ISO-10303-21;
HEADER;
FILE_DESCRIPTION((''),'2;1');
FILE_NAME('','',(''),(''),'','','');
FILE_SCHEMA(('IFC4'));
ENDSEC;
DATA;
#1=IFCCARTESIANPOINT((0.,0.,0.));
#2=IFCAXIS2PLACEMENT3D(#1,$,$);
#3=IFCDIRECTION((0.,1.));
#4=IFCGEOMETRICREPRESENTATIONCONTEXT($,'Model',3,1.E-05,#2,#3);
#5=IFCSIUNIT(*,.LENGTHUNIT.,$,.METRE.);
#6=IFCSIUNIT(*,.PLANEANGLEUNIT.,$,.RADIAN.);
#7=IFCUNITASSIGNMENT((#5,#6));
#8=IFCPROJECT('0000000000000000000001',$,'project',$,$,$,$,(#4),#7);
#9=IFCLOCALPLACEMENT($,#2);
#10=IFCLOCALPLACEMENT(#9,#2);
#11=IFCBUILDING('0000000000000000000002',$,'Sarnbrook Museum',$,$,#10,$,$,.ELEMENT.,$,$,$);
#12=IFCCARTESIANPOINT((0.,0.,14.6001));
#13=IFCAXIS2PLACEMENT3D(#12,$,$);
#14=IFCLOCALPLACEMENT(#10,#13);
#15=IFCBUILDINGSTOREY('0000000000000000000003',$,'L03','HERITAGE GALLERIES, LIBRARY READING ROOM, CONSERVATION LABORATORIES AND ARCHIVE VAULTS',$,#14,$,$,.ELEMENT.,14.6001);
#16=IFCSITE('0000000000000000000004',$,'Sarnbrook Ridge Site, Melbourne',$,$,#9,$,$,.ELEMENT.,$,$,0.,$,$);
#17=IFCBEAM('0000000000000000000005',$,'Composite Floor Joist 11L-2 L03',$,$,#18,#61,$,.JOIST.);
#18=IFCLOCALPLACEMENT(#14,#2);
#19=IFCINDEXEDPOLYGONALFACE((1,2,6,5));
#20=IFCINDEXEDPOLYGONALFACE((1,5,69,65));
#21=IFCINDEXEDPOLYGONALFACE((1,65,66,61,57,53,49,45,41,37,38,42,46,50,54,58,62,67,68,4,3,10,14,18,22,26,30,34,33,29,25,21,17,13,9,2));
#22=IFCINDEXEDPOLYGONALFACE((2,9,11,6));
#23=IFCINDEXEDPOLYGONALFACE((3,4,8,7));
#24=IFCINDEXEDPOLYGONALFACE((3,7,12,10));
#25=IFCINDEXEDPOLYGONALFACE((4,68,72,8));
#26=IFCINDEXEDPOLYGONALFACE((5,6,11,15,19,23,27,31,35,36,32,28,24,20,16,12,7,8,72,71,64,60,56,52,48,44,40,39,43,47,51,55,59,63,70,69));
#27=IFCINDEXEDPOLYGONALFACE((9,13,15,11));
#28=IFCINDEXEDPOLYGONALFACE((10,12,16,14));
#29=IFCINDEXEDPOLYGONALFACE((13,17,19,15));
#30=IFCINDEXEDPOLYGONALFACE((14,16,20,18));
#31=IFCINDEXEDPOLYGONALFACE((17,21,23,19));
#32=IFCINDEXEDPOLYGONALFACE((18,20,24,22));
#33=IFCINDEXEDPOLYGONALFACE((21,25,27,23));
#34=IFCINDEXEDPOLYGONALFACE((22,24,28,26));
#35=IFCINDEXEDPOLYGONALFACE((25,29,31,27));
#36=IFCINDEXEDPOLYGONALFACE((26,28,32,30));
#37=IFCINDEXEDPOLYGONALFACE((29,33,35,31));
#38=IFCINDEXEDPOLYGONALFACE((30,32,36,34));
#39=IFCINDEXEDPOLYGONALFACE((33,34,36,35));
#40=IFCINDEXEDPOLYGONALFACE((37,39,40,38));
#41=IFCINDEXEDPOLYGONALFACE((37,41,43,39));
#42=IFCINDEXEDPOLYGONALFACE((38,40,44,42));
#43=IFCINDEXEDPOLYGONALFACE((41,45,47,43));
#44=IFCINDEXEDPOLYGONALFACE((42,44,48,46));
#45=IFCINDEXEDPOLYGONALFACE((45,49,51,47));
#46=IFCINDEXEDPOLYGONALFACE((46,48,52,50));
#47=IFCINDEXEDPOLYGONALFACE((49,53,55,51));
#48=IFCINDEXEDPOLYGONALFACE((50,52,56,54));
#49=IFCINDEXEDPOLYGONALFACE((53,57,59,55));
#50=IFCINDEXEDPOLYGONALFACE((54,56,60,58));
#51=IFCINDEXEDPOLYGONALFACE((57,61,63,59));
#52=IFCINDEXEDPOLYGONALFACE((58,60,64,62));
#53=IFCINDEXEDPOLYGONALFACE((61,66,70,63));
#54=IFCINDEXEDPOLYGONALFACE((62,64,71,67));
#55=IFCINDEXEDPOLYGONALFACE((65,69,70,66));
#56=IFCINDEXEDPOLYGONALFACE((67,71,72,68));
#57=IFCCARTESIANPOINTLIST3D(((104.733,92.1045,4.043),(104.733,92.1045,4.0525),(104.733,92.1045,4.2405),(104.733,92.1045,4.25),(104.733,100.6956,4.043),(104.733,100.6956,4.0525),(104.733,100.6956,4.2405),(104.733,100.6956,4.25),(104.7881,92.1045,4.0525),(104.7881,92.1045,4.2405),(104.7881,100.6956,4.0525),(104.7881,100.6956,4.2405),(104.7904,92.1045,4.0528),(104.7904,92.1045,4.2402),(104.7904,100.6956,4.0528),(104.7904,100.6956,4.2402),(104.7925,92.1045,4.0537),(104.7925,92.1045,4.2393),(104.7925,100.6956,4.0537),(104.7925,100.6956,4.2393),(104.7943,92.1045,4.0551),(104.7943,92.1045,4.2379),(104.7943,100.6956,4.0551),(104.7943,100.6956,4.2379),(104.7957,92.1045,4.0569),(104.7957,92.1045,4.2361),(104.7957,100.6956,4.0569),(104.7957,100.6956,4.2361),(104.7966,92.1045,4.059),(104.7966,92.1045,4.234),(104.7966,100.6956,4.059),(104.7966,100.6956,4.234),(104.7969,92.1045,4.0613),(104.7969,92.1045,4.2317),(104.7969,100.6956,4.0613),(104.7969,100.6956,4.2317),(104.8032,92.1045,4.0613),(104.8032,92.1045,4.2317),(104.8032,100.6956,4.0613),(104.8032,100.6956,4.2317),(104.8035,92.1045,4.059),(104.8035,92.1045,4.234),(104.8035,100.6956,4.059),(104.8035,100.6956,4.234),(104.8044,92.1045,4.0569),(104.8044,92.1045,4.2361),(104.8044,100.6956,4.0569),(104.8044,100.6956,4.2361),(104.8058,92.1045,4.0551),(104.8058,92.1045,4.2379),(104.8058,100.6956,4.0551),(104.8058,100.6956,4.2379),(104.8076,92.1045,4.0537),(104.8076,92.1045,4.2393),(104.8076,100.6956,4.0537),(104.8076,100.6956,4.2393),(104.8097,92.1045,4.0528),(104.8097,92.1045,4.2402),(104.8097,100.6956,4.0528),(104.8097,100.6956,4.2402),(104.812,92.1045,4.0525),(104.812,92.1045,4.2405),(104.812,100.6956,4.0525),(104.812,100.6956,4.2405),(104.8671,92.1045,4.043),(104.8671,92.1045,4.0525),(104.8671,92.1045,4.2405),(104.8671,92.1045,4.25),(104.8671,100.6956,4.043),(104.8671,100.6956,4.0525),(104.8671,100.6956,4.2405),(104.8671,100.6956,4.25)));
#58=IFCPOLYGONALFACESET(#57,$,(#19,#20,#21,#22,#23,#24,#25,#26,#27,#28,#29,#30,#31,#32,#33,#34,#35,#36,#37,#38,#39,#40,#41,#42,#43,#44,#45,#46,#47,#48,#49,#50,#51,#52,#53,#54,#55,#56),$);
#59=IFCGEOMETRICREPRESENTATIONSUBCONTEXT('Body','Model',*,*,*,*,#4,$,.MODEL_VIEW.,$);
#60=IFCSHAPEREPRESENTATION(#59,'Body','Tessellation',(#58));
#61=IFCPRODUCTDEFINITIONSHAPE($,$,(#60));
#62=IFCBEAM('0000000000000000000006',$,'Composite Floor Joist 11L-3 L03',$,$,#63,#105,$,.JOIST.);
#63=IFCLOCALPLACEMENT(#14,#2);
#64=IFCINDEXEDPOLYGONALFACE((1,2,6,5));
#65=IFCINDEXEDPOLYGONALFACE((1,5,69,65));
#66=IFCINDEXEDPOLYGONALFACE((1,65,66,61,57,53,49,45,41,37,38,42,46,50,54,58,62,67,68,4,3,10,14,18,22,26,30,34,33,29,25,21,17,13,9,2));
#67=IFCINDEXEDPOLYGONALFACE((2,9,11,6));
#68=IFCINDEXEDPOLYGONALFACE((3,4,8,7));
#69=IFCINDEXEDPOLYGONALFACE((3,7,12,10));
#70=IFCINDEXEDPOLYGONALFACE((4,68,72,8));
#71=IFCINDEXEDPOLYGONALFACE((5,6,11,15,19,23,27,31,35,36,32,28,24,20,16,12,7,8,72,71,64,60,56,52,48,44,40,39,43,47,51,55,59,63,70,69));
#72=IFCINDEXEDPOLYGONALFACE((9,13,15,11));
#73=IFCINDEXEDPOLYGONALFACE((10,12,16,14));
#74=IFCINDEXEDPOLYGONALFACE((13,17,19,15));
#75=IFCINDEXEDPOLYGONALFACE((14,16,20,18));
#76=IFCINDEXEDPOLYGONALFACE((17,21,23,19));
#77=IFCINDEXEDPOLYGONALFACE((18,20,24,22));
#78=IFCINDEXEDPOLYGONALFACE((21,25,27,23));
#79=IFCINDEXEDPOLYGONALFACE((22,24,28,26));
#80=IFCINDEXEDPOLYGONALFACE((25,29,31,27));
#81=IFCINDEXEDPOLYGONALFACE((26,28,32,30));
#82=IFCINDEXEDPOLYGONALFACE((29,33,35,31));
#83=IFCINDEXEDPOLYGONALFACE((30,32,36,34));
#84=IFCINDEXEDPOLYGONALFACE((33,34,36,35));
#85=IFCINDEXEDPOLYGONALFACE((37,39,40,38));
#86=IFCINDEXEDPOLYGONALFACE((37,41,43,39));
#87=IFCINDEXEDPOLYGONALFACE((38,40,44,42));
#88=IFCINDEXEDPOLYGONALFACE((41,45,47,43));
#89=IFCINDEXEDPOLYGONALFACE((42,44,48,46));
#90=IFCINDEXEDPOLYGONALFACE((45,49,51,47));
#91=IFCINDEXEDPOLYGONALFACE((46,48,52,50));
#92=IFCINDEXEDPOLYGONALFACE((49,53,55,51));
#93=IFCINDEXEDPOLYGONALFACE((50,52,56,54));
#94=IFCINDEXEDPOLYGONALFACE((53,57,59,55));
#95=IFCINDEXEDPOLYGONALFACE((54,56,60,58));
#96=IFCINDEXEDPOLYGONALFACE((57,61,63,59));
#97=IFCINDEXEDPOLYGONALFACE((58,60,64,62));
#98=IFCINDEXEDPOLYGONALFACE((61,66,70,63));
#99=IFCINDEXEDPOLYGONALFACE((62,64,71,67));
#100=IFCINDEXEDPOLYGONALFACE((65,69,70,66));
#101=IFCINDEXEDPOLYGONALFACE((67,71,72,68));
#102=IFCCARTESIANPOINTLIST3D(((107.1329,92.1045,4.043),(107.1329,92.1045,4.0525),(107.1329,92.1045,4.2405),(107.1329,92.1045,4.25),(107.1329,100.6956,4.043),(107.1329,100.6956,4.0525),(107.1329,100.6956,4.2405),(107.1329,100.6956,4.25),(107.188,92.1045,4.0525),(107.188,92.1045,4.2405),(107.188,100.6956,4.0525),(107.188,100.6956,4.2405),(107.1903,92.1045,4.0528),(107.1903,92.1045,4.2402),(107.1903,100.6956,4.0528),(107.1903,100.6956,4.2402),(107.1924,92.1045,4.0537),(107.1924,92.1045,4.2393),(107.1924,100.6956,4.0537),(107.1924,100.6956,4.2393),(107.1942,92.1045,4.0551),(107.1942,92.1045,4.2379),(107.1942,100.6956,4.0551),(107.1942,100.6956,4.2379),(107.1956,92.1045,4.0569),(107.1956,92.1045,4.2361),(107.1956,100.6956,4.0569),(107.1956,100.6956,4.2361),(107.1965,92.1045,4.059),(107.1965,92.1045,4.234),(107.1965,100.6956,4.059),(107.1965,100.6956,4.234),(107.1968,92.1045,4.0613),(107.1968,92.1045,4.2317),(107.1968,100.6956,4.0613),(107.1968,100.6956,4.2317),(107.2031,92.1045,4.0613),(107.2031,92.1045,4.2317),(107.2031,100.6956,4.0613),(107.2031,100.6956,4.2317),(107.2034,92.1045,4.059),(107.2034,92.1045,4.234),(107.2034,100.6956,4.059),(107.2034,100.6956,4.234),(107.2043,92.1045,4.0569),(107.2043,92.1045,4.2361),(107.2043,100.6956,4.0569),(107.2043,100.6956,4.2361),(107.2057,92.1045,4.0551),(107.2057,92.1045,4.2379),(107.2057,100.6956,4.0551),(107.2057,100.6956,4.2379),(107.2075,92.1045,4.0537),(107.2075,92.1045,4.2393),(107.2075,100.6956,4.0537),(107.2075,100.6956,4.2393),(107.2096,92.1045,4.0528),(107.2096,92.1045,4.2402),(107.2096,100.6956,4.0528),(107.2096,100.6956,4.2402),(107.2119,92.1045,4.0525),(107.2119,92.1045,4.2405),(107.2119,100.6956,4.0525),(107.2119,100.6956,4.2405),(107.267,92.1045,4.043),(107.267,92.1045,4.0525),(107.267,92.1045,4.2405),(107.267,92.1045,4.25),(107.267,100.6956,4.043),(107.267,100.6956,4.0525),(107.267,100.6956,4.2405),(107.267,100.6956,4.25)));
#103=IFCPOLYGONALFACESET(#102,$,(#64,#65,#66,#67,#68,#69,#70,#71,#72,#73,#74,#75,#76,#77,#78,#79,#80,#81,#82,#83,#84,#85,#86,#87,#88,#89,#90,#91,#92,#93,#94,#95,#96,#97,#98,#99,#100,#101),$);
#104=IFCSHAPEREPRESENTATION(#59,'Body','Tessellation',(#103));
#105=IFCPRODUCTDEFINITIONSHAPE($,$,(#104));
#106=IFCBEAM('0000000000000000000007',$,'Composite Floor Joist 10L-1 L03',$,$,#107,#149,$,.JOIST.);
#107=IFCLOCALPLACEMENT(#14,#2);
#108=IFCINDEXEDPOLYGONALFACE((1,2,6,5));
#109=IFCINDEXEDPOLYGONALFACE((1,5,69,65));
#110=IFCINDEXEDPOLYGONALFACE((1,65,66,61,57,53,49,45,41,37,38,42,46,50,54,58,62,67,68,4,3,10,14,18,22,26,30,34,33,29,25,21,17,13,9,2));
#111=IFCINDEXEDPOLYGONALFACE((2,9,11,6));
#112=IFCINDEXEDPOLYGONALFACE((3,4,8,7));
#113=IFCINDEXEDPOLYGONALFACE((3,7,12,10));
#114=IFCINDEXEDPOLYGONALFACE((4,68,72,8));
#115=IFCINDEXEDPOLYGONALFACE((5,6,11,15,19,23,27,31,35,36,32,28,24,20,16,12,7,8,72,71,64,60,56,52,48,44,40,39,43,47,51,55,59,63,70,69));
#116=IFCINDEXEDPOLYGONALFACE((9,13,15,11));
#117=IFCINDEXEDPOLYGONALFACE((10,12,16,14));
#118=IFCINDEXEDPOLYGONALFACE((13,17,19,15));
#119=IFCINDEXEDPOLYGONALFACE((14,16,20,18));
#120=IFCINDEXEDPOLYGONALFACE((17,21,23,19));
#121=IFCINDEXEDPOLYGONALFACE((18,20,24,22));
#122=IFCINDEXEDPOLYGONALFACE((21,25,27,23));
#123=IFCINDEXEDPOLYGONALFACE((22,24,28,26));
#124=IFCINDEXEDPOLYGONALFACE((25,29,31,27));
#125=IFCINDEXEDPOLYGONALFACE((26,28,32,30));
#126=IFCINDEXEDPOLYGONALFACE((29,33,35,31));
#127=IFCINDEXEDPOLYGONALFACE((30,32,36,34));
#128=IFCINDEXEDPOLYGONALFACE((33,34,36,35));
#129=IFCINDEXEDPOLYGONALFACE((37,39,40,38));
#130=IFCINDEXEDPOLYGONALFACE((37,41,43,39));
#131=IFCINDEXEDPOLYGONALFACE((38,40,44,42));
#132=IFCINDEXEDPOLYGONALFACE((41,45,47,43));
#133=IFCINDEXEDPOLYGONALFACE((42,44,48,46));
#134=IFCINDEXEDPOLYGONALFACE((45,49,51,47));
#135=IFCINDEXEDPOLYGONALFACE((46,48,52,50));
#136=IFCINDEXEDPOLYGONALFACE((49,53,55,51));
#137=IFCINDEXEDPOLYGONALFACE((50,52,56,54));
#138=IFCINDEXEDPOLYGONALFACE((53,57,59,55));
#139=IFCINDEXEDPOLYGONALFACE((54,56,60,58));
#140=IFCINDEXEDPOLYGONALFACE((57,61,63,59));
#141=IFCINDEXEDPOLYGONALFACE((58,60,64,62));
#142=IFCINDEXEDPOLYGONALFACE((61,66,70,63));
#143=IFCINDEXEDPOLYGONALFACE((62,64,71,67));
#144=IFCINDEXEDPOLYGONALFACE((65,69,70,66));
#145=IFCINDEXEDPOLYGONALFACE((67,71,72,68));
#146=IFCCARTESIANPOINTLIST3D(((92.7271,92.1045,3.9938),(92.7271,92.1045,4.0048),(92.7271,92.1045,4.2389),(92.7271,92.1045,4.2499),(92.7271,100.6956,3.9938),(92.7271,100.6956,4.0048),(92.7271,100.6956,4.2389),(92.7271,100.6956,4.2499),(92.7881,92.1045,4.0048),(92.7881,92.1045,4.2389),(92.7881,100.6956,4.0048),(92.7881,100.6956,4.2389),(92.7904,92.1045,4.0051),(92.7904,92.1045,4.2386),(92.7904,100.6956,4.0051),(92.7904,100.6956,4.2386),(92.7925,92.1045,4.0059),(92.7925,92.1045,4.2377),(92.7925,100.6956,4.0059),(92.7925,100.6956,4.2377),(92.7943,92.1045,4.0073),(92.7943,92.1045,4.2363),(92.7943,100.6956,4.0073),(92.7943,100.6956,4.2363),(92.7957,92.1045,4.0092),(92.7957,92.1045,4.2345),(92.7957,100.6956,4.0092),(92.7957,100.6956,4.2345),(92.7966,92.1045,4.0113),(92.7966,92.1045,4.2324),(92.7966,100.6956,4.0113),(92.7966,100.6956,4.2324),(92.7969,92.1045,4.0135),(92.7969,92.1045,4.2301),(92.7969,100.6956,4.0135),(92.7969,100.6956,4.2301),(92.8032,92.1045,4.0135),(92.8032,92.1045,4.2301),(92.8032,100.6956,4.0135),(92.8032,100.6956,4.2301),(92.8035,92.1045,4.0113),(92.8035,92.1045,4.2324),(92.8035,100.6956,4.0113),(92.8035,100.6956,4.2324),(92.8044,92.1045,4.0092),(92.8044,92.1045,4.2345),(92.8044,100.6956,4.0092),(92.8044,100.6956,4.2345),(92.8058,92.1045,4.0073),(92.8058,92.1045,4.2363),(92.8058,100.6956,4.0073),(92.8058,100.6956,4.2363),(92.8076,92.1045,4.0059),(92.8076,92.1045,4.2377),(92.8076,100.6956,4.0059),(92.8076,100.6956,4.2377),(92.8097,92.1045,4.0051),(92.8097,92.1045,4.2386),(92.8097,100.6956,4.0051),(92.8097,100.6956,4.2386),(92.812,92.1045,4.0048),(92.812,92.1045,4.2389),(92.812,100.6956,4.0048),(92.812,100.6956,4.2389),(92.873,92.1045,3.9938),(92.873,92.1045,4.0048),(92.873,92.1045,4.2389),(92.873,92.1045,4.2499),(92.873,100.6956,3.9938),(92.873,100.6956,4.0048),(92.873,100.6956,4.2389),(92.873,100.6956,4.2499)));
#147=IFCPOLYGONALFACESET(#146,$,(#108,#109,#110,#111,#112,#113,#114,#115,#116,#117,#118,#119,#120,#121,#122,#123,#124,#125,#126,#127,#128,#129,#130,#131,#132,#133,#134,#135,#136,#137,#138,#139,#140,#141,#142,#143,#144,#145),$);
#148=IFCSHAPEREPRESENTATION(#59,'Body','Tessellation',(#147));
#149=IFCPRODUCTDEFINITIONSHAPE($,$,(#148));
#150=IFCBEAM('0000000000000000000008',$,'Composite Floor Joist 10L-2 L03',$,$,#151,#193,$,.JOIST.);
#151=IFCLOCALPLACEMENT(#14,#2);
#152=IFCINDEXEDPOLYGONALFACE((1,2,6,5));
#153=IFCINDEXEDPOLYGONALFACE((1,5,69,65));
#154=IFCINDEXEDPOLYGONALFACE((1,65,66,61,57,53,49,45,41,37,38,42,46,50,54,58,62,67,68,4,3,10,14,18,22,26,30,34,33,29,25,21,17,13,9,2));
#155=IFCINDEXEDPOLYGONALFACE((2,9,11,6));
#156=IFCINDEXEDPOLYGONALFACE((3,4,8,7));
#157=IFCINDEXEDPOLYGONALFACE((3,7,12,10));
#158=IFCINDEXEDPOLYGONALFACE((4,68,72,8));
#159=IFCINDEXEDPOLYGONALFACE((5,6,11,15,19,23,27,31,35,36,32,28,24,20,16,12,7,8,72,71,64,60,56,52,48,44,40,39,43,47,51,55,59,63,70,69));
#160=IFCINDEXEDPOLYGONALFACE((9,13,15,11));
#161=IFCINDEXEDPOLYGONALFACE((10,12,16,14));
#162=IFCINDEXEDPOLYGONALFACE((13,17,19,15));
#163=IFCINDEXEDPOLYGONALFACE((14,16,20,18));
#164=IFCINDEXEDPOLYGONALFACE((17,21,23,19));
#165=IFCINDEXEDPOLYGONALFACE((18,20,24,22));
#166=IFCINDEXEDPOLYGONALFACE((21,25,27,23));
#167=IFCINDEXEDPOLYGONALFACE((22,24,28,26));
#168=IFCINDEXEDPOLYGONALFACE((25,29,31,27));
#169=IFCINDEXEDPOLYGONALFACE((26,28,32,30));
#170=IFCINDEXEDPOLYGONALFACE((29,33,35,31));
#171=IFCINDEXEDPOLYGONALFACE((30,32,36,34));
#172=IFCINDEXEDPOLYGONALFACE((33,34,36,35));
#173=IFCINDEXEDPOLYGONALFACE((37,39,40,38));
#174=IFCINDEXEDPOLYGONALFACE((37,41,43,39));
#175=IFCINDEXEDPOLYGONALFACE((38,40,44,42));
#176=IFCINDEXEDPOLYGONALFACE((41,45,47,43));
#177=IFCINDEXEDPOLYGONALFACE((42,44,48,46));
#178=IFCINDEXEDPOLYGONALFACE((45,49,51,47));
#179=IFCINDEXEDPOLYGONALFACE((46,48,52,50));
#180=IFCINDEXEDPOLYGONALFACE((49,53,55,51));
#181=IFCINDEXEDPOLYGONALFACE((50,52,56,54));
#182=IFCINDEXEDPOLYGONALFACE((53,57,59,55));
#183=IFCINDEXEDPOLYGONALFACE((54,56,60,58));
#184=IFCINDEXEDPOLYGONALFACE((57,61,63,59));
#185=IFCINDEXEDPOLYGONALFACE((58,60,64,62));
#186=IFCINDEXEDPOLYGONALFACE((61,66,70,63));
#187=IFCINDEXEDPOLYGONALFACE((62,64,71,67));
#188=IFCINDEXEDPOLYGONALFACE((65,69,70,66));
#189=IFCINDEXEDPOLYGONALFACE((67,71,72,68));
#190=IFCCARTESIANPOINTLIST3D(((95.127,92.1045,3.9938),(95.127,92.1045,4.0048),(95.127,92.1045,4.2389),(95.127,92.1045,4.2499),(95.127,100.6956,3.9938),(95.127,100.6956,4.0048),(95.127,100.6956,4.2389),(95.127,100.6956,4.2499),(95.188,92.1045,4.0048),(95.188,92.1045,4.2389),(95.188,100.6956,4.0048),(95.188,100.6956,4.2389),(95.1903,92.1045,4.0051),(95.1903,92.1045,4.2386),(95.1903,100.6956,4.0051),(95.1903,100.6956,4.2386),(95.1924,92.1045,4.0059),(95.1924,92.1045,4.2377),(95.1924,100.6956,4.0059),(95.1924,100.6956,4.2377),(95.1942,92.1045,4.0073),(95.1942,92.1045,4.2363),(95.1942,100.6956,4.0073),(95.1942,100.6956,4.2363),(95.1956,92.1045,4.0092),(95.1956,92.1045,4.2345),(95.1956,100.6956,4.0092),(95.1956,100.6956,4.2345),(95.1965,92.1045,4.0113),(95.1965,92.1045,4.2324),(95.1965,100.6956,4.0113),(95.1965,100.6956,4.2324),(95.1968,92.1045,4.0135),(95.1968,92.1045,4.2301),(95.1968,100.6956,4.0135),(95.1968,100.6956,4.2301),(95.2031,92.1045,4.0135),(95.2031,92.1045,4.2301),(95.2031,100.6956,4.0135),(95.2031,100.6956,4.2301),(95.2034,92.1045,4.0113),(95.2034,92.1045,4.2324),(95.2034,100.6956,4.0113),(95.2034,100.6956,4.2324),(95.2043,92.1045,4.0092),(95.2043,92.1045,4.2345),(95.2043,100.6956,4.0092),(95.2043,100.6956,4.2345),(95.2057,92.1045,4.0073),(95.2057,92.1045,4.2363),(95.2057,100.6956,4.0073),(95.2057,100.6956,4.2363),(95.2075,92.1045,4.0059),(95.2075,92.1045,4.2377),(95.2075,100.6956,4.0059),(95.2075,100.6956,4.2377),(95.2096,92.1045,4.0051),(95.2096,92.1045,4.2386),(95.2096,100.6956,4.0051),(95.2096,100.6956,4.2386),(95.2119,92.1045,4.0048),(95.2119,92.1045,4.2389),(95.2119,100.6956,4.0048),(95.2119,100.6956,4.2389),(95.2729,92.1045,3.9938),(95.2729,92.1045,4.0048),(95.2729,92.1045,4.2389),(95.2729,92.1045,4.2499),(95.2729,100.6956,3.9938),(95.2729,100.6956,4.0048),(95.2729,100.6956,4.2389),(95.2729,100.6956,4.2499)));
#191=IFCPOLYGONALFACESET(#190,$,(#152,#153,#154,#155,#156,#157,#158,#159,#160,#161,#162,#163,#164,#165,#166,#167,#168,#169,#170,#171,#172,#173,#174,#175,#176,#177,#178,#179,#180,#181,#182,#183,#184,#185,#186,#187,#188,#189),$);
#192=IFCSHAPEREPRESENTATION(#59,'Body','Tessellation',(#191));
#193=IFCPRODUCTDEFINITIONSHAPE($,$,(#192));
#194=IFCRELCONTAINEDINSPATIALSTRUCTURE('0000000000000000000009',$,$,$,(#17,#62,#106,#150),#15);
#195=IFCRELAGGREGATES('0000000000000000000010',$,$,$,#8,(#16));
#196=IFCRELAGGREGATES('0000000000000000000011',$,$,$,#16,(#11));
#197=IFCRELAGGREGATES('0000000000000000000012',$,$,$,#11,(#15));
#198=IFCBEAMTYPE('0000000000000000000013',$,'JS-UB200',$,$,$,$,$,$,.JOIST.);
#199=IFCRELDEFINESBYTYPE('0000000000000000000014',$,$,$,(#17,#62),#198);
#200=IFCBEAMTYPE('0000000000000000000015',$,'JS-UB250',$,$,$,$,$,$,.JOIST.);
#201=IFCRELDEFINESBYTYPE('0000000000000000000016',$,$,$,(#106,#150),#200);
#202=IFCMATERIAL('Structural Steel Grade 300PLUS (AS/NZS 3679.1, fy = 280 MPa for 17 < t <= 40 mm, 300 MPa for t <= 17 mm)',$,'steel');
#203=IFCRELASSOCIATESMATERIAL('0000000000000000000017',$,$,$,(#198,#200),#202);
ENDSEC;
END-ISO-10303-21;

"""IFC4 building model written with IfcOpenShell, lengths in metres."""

from ifc_helpers import new_model, si_unit, direction, frame, origin, origin_2d, place, context, subcontext, project, spatial, i_section, extrude, material, material_profile, profile_set, type_object, element, save


model = new_model("IFC4")

# Units and contexts
model_context = context("Model", 3, precision=1e-05, world=origin(), true_north=direction((0.0, 1.0)))
body_context = subcontext(model_context, "Body", "Model", "MODEL_VIEW")
ifc_project = project(units=[si_unit("LENGTHUNIT", "METRE"), si_unit("PLANEANGLEUNIT", "RADIAN")], contexts=[model_context])

# Site, building, storey
site_placement = place(None, origin())
site = spatial("IfcSite", under=ifc_project, at=site_placement, Name="Sarnbrook Ridge Site, Melbourne", CompositionType="ELEMENT", RefElevation=0.0)
building_placement = place(site_placement, origin())
building = spatial("IfcBuilding", under=site, at=building_placement, Name="Sarnbrook Museum", CompositionType="ELEMENT")
storey_placement = place(building_placement, frame((0.0, 0.0, 14.6001)))
storey = spatial("IfcBuildingStorey", under=building, at=storey_placement, Name="L03", Description="HERITAGE GALLERIES, LIBRARY READING ROOM, CONSERVATION LABORATORIES AND ARCHIVE VAULTS", CompositionType="ELEMENT", Elevation=14.6001)

# Shared definitions
ifc_material_1 = material(Name="Structural Steel Grade 300PLUS (AS/NZS 3679.1, fy = 280 MPa for 17 < t <= 40 mm, 300 MPa for t <= 17 mm)", Category="steel")

# Beams
ifc_material_profile_1 = material_profile(ifc_material_1, i_section(OverallWidth=0.134, OverallDepth=0.207, WebThickness=0.0063, FlangeThickness=0.0095, FilletRadius=0.0088, at=origin_2d()), Name="200UB29.8")
ifc_profile_set_1 = profile_set([ifc_material_profile_1], Name="Structural Steel Grade 300PLUS (AS/NZS 3679.1, fy = 280 MPa for 17 < t <= 40 mm, 300 MPa for t <= 17 mm)")
beam_type_1 = type_object("IfcBeamType", Name="JS-UB200", PredefinedType="JOIST", material=ifc_profile_set_1)
for number, where, z_axis, x_axis, name in (
    (1, (104.8, 92.1045, 4.1465), (0.0, 1.0, 0.0), (-1.0, 0.0, 0.0), "Composite Floor Joist 11L-2 L03"),
    (2, (107.2, 92.1045, 4.1465), (0.0, 1.0, 0.0), (-1.0, 0.0, 0.0), "Composite Floor Joist 11L-3 L03"),
):
    element("IfcBeam", number, at=place(storey_placement, frame(where, z_axis=z_axis, x_axis=x_axis)), inside=storey, type_object=beam_type_1, Name=name, PredefinedType="JOIST", context=body_context, shape_type="SweptSolid", body=[
        extrude(i_section(OverallWidth=0.134, OverallDepth=0.207, WebThickness=0.0063, FlangeThickness=0.0095, FilletRadius=0.0088, at=origin_2d()), origin(), (0.0, 0.0, 1.0), 8.5911),
    ])
ifc_material_profile_2 = material_profile(ifc_material_1, i_section(OverallWidth=0.146, OverallDepth=0.2561, WebThickness=0.0063, FlangeThickness=0.011, FilletRadius=0.0088, at=origin_2d()), Name="250UB37.3")
ifc_profile_set_2 = profile_set([ifc_material_profile_2], Name="Structural Steel Grade 300PLUS (AS/NZS 3679.1, fy = 280 MPa for 17 < t <= 40 mm, 300 MPa for t <= 17 mm)")
beam_type_2 = type_object("IfcBeamType", Name="JS-UB250", PredefinedType="JOIST", material=ifc_profile_set_2)
for number, where, z_axis, x_axis, name in (
    (3, (92.8, 92.1045, 4.1218), (0.0, 1.0, 0.0), (-1.0, 0.0, 0.0), "Composite Floor Joist 10L-1 L03"),
    (4, (95.2, 92.1045, 4.1218), (0.0, 1.0, 0.0), (-1.0, 0.0, 0.0), "Composite Floor Joist 10L-2 L03"),
):
    element("IfcBeam", number, at=place(storey_placement, frame(where, z_axis=z_axis, x_axis=x_axis)), inside=storey, type_object=beam_type_2, Name=name, PredefinedType="JOIST", context=body_context, shape_type="SweptSolid", body=[
        extrude(i_section(OverallWidth=0.146, OverallDepth=0.2561, WebThickness=0.0063, FlangeThickness=0.011, FilletRadius=0.0088, at=origin_2d()), origin(), (0.0, 0.0, 1.0), 8.5911),
    ])

save(model, "model.ifc")
